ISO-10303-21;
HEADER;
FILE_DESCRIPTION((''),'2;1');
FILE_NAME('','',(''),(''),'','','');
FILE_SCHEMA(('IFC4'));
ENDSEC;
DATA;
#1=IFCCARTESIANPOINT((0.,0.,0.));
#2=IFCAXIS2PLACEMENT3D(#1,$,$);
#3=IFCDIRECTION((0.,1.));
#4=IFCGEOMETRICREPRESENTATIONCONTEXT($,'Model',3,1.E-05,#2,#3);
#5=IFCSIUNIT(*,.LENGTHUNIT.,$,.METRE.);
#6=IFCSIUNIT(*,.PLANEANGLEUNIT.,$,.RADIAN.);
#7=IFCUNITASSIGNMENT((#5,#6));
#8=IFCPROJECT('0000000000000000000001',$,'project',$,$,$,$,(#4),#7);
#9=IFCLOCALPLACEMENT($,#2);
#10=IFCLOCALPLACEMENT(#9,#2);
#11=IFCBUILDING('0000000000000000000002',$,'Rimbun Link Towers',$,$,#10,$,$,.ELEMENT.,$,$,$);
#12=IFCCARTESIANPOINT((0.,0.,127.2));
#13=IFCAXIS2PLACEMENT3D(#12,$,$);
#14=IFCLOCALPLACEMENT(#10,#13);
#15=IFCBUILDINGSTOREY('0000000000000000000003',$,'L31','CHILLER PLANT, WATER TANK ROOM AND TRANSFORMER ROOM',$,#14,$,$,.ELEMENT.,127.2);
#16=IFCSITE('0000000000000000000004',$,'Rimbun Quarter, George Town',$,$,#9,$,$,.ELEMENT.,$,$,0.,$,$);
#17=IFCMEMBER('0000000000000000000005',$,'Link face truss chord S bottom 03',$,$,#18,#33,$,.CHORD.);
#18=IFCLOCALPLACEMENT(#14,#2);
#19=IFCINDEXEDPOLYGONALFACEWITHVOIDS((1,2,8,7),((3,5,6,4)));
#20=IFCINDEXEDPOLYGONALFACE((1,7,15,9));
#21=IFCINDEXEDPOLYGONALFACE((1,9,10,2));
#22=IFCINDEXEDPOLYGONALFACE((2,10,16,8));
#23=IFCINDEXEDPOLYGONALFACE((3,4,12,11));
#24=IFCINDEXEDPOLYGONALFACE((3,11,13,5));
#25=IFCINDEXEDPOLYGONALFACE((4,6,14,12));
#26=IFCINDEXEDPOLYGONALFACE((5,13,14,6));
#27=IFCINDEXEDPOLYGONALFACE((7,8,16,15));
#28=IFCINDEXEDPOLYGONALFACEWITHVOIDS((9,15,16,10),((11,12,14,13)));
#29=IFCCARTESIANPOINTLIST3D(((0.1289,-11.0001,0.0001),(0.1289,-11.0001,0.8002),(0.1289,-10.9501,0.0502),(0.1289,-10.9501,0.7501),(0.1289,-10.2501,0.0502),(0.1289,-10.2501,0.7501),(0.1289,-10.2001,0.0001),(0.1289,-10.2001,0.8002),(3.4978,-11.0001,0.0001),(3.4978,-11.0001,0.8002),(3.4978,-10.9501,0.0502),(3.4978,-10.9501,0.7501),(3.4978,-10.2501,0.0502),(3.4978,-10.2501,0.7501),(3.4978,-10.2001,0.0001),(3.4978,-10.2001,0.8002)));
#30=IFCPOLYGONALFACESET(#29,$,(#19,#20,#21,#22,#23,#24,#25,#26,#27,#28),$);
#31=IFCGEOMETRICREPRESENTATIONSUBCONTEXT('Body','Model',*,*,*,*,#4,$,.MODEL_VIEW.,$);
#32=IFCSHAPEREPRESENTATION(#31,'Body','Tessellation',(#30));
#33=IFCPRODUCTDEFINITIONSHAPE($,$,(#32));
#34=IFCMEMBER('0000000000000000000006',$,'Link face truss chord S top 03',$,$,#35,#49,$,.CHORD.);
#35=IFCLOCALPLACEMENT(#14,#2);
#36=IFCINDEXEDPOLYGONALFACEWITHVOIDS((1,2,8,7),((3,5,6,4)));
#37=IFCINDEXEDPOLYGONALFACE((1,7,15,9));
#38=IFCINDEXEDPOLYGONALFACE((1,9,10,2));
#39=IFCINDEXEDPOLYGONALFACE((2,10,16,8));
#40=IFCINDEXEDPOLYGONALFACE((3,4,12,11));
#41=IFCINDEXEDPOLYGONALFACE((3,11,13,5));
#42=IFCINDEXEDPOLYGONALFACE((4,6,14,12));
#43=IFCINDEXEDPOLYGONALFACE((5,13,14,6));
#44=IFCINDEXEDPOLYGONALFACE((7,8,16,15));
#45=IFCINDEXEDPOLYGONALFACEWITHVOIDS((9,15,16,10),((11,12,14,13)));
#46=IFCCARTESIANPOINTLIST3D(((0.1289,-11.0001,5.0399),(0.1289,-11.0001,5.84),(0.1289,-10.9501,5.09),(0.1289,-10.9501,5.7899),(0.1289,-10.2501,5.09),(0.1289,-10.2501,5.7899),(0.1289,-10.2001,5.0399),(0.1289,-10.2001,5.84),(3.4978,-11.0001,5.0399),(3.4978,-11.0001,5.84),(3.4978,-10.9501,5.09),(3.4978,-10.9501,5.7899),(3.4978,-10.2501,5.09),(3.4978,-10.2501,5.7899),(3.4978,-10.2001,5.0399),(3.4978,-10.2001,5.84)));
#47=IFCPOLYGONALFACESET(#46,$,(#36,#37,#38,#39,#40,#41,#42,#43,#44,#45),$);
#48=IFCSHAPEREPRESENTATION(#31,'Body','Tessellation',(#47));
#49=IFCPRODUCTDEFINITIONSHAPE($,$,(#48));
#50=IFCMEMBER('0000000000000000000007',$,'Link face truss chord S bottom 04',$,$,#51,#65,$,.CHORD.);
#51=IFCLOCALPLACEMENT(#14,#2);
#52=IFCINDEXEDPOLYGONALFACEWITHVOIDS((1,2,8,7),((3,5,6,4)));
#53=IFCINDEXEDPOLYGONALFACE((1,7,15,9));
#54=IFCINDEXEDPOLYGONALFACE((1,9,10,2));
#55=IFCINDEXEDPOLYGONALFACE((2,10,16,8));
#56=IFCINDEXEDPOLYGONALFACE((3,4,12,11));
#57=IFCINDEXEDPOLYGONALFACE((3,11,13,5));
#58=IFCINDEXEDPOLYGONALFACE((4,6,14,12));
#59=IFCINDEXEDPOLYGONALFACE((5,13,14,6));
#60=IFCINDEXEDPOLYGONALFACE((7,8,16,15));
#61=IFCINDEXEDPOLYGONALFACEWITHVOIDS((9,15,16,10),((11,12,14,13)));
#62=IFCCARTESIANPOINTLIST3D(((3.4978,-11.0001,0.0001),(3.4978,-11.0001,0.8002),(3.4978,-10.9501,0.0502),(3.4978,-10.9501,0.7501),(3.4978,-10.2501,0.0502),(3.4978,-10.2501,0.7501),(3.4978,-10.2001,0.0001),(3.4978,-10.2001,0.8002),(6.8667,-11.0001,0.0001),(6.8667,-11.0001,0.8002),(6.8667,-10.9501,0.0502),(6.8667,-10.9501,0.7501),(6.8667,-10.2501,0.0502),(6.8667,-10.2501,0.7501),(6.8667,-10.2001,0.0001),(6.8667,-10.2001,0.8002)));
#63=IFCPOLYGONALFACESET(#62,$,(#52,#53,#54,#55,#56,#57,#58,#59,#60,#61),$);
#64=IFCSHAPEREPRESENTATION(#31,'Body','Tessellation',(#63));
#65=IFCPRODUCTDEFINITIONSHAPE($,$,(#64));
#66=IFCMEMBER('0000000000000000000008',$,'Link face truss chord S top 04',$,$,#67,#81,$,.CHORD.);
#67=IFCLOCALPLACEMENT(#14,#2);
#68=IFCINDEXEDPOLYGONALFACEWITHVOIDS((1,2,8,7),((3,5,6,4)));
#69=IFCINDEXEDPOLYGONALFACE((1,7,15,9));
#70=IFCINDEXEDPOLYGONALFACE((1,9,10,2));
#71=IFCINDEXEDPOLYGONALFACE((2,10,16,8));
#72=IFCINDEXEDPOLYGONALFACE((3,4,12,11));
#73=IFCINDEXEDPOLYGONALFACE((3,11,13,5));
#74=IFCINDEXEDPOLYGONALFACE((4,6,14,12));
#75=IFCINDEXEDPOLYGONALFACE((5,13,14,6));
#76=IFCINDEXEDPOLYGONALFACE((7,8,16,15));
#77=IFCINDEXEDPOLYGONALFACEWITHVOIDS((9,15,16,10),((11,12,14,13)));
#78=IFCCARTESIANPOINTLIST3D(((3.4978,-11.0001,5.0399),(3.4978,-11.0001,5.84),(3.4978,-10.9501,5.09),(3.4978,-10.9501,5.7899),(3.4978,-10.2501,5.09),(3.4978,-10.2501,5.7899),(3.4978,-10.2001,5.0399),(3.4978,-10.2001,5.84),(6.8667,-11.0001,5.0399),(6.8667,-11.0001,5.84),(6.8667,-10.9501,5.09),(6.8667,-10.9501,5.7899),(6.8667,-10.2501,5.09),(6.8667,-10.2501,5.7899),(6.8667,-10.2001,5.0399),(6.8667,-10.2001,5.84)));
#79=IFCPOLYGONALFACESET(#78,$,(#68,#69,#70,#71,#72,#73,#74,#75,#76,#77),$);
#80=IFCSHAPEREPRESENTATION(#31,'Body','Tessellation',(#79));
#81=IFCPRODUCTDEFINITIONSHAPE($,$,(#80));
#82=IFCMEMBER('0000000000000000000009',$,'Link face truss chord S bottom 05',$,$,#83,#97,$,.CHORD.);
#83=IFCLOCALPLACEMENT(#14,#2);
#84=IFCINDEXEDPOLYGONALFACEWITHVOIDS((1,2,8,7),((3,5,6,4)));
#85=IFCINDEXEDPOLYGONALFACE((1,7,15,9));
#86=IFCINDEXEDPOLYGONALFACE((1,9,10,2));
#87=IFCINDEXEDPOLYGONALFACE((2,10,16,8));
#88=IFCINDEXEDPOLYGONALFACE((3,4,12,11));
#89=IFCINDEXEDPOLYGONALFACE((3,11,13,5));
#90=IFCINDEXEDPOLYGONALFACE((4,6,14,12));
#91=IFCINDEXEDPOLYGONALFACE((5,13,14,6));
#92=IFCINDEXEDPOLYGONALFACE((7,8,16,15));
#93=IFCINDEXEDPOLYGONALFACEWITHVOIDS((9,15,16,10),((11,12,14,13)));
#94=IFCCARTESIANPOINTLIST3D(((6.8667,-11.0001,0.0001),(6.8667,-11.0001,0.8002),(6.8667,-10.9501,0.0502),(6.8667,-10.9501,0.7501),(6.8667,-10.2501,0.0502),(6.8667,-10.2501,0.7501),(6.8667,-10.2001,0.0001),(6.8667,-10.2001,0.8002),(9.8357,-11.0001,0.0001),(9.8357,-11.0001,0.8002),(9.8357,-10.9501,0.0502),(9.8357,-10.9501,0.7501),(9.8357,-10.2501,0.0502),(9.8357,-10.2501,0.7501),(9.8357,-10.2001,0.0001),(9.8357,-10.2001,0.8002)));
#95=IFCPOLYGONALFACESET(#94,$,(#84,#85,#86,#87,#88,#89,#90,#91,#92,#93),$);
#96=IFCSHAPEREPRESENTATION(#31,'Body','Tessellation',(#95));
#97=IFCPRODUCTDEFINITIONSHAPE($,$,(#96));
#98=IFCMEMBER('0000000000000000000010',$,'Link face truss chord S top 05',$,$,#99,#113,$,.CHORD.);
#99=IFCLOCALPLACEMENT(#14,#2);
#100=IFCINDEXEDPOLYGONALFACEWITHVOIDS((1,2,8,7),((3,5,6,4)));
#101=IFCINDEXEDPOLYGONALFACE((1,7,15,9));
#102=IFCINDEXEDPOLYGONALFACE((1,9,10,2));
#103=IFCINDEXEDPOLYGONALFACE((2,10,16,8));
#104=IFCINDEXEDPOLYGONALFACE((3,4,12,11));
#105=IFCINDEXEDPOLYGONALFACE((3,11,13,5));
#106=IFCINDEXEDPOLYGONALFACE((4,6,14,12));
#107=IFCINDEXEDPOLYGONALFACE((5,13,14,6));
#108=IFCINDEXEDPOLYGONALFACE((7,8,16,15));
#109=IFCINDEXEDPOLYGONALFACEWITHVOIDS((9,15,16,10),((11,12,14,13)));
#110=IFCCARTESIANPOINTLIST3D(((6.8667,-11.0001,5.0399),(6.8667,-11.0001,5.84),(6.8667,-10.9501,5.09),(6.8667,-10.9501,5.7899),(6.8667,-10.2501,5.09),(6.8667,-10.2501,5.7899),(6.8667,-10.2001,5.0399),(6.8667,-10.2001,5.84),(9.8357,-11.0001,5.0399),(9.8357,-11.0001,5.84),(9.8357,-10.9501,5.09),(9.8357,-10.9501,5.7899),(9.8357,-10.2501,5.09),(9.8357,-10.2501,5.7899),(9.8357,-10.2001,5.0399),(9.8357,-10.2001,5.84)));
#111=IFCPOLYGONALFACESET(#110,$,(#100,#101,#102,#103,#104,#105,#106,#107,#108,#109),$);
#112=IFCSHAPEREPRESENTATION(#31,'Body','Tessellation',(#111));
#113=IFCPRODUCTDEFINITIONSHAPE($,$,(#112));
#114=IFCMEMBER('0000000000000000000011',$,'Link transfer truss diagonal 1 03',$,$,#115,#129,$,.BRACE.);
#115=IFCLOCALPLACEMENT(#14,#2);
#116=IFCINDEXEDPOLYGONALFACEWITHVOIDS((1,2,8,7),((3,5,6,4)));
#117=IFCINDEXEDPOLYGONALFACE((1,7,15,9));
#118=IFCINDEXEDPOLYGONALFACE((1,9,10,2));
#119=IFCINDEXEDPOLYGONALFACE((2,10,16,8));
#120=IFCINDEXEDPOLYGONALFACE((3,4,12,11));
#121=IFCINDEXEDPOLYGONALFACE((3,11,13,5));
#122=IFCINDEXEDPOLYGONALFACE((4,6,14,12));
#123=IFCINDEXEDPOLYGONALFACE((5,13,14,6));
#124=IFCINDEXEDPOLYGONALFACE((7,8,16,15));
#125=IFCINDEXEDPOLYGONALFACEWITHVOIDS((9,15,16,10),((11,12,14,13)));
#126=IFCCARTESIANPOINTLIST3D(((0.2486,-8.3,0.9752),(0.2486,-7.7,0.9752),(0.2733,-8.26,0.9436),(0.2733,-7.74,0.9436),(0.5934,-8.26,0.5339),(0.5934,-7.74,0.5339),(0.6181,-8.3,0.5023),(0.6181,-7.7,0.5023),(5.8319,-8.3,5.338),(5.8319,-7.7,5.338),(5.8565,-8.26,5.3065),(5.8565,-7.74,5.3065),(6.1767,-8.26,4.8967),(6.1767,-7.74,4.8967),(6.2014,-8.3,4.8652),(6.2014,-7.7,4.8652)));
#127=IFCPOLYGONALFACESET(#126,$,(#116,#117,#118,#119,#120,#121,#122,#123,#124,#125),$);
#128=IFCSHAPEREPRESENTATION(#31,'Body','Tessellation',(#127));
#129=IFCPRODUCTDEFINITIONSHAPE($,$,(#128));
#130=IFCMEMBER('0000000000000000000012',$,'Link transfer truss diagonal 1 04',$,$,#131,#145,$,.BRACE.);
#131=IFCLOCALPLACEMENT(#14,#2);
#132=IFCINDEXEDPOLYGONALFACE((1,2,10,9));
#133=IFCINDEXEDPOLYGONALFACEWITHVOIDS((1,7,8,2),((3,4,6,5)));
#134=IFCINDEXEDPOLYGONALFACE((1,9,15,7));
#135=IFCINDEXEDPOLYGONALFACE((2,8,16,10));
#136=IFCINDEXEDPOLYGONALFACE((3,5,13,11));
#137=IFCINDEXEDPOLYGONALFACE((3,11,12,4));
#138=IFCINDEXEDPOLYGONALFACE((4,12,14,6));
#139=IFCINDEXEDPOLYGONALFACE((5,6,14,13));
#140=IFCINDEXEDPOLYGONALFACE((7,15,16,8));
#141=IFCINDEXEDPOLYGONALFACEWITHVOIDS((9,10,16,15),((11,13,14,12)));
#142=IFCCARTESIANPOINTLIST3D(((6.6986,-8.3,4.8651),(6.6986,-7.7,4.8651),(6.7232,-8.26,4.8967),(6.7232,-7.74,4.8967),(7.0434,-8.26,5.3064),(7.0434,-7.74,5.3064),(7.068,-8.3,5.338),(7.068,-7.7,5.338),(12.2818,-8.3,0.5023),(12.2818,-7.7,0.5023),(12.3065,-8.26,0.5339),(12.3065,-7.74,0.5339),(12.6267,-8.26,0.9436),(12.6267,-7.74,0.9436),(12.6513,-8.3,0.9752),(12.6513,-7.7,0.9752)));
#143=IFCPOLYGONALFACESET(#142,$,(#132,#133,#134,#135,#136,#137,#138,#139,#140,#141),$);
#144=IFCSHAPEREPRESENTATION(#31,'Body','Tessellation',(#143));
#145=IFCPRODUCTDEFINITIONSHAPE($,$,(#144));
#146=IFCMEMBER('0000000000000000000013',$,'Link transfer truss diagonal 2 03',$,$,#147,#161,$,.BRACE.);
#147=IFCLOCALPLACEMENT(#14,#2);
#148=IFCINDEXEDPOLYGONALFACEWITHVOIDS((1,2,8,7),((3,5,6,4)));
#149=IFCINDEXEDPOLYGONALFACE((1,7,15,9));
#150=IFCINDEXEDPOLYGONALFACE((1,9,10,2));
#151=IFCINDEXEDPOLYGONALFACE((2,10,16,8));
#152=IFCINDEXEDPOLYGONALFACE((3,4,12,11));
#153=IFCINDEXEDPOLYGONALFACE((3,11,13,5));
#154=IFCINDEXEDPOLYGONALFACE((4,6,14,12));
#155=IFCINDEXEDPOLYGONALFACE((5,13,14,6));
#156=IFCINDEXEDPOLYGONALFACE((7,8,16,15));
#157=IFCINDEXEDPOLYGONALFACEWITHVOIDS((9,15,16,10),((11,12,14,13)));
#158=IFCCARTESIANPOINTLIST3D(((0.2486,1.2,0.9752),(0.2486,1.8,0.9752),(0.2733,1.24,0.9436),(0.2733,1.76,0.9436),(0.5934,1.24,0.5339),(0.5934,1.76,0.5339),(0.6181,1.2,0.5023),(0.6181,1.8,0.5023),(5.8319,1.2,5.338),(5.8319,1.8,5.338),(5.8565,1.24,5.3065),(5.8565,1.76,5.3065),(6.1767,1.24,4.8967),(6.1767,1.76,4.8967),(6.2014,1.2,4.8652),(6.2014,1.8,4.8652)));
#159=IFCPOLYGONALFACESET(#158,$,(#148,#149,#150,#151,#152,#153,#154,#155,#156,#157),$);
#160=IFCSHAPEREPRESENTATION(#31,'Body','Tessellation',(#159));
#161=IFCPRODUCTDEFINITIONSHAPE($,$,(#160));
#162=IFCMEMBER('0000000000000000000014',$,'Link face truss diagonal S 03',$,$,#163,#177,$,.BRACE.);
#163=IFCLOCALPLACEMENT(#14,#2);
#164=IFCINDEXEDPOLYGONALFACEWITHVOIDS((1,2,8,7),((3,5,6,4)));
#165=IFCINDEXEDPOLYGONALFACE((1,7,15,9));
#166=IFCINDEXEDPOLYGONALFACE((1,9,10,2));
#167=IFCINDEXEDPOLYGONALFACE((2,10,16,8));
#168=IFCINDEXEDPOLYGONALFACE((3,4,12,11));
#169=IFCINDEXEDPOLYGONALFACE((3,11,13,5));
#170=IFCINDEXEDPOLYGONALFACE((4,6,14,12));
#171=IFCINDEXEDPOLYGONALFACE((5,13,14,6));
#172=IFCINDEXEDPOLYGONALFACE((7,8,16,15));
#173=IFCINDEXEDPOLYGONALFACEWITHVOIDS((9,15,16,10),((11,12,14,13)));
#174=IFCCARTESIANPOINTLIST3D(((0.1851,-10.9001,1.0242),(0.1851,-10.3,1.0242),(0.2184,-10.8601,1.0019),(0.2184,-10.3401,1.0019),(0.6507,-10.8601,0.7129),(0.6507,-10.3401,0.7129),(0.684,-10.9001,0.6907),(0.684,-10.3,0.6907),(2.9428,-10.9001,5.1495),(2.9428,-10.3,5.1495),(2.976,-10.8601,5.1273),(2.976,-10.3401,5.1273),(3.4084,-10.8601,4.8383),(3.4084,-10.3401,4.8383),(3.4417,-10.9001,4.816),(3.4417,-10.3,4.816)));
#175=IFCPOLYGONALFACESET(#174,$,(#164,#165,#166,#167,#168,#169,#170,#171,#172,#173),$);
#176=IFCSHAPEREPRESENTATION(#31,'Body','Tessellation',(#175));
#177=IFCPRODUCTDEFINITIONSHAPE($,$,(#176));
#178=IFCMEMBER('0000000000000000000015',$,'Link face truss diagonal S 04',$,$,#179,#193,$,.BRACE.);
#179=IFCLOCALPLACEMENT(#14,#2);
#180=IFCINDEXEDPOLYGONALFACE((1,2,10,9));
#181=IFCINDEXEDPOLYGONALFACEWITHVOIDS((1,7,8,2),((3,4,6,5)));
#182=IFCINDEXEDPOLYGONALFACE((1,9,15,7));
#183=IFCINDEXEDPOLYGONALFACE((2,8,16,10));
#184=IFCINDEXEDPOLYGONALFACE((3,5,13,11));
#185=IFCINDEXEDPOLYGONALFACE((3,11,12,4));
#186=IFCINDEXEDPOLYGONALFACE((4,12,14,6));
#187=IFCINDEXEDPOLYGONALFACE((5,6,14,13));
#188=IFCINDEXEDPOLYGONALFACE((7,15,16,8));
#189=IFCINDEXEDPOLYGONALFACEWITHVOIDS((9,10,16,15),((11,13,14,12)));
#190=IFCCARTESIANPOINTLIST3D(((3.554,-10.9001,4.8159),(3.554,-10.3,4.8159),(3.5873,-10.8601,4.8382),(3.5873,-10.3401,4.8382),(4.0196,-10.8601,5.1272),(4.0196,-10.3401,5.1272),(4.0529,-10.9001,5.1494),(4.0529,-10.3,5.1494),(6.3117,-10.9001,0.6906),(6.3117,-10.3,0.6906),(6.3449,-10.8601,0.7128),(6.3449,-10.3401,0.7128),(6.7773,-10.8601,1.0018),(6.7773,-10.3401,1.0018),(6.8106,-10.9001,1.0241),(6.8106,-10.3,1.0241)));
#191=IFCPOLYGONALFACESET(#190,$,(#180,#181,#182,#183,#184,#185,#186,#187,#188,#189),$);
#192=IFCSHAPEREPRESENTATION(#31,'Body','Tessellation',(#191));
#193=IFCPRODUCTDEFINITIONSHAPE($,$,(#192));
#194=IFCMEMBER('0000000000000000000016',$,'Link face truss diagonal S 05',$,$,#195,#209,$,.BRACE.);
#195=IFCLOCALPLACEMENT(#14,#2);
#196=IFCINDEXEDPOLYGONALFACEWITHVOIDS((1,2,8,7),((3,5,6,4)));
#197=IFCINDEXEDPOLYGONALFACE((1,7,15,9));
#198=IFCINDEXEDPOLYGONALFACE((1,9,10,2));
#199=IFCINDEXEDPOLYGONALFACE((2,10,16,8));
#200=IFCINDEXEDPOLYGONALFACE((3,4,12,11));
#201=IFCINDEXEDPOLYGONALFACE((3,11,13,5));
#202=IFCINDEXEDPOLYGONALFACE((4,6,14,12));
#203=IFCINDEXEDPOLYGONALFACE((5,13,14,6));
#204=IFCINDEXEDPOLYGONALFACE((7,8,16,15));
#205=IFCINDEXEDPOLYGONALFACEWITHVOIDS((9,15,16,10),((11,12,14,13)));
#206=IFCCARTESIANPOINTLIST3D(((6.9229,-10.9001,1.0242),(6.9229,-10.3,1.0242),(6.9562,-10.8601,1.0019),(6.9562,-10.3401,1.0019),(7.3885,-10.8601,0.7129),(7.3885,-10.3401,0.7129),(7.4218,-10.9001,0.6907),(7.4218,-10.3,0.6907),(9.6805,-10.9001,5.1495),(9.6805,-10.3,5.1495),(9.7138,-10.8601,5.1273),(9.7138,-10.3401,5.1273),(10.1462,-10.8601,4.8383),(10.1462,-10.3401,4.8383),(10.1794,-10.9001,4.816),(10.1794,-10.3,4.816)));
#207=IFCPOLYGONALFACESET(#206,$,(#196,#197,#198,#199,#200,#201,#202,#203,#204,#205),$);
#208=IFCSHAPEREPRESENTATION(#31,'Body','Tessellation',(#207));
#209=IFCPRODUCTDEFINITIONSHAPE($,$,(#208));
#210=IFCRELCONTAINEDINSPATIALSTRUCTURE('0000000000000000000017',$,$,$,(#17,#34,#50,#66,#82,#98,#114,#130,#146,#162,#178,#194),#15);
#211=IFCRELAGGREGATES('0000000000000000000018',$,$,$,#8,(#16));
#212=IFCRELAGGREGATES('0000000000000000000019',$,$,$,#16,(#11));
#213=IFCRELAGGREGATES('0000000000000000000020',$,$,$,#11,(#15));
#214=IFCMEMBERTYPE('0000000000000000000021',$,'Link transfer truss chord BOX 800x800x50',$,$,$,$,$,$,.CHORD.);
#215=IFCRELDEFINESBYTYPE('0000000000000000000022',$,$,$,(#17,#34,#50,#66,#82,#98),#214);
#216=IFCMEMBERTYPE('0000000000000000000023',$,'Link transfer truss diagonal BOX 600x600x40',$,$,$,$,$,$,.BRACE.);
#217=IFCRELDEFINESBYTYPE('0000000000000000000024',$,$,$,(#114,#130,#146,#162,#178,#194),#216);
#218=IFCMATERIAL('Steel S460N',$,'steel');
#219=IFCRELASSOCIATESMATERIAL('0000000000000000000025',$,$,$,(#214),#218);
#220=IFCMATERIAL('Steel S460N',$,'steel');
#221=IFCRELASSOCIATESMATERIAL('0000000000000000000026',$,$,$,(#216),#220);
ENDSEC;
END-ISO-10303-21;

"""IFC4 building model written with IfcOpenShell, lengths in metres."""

from ifc_helpers import new_model, si_unit, direction, frame, origin, origin_2d, place, context, subcontext, project, spatial, hollow_rectangle, extrude, material, material_profile, profile_set, type_object, element, save


model = new_model("IFC4")

# Units and contexts
model_context = context("Model", 3, precision=1e-05, world=origin(), true_north=direction((0.0, 1.0)))
body_context = subcontext(model_context, "Body", "Model", "MODEL_VIEW")
ifc_project = project(units=[si_unit("LENGTHUNIT", "METRE"), si_unit("PLANEANGLEUNIT", "RADIAN")], contexts=[model_context])

# Site, building, storey
site_placement = place(None, origin())
site = spatial("IfcSite", under=ifc_project, at=site_placement, Name="Rimbun Quarter, George Town", CompositionType="ELEMENT", RefElevation=0.0)
building_placement = place(site_placement, origin())
building = spatial("IfcBuilding", under=site, at=building_placement, Name="Rimbun Link Towers", CompositionType="ELEMENT")
storey_placement = place(building_placement, frame((0.0, 0.0, 127.2)))
storey = spatial("IfcBuildingStorey", under=building, at=storey_placement, Name="L31", Description="CHILLER PLANT, WATER TANK ROOM AND TRANSFORMER ROOM", CompositionType="ELEMENT", Elevation=127.2)

# Members
ifc_material_1 = material(Name="Steel S460N", Category="steel")
ifc_material_profile_1 = material_profile(ifc_material_1, hollow_rectangle(XDim=0.8, YDim=0.8, WallThickness=0.05, at=origin_2d()), Name="Link transfer truss chord BOX 800x800x50")
ifc_profile_set_1 = profile_set([ifc_material_profile_1], Name="Steel S460N")
member_type_1 = type_object("IfcMemberType", Name="Link transfer truss chord BOX 800x800x50", PredefinedType="CHORD", material=ifc_profile_set_1)
for number, where, z_axis, x_axis, name in (
    (1, (0.1289, -10.6001, 0.4001), (1.0, 0.0, 0.0), (0.0, 1.0, 0.0), "Link face truss chord S bottom 03"),
    (2, (0.1289, -10.6001, 5.4399), (1.0, 0.0, 0.0), (0.0, 1.0, 0.0), "Link face truss chord S top 03"),
    (3, (3.4978, -10.6001, 0.4001), (1.0, 0.0, 0.0), (0.0, 1.0, 0.0), "Link face truss chord S bottom 04"),
    (4, (3.4978, -10.6001, 5.4399), (1.0, 0.0, 0.0), (0.0, 1.0, 0.0), "Link face truss chord S top 04"),
):
    element("IfcMember", number, at=place(storey_placement, frame(where, z_axis=z_axis, x_axis=x_axis)), inside=storey, type_object=member_type_1, Name=name, PredefinedType="CHORD", context=body_context, shape_type="SweptSolid", body=[
        extrude(hollow_rectangle(XDim=0.8, YDim=0.8, WallThickness=0.05, at=origin_2d()), origin(), (0.0, 0.0, 1.0), 3.3689),
    ])
for number, where, z_axis, x_axis, name in (
    (5, (6.8667, -10.6001, 0.4001), (1.0, 0.0, 0.0), (0.0, 1.0, 0.0), "Link face truss chord S bottom 05"),
    (6, (6.8667, -10.6001, 5.4399), (1.0, 0.0, 0.0), (0.0, 1.0, 0.0), "Link face truss chord S top 05"),
):
    element("IfcMember", number, at=place(storey_placement, frame(where, z_axis=z_axis, x_axis=x_axis)), inside=storey, type_object=member_type_1, Name=name, PredefinedType="CHORD", context=body_context, shape_type="SweptSolid", body=[
        extrude(hollow_rectangle(XDim=0.8, YDim=0.8, WallThickness=0.05, at=origin_2d()), origin(), (0.0, 0.0, 1.0), 2.969),
    ])
ifc_material_2 = material(Name="Steel S460N", Category="steel")
ifc_material_profile_2 = material_profile(ifc_material_2, hollow_rectangle(XDim=0.6001, YDim=0.6001, WallThickness=0.04, at=origin_2d()), Name="Link transfer truss diagonal BOX 600x600x40")
ifc_profile_set_2 = profile_set([ifc_material_profile_2], Name="Steel S460N")
member_type_2 = type_object("IfcMemberType", Name="Link transfer truss diagonal BOX 600x600x40", PredefinedType="BRACE", material=ifc_profile_set_2)
for number, where, z_axis, x_axis, name in (
    (7, (0.4333, -8.0, 0.7388), (0.787964, 0.0, 0.615721), (0.0, 1.0, 0.0), "Link transfer truss diagonal 1 03"),
    (8, (6.8833, -8.0, 5.1016), (0.787964, 0.0, -0.615721), (0.0, 1.0, 0.0), "Link transfer truss diagonal 1 04"),
    (9, (0.4333, 1.5, 0.7388), (0.787964, 0.0, 0.615721), (0.0, 1.0, 0.0), "Link transfer truss diagonal 2 03"),
):
    element("IfcMember", number, at=place(storey_placement, frame(where, z_axis=z_axis, x_axis=x_axis)), inside=storey, type_object=member_type_2, Name=name, PredefinedType="BRACE", context=body_context, shape_type="SweptSolid", body=[
        extrude(hollow_rectangle(XDim=0.6001, YDim=0.6001, WallThickness=0.04, at=origin_2d()), origin(), (0.0, 0.0, 1.0), 7.0857),
    ])
for number, where, z_axis, x_axis, name in (
    (10, (0.4346, -10.6001, 0.8574), (0.555733, 0.0, 0.831361), (0.0, 1.0, 0.0), "Link face truss diagonal S 03"),
    (11, (3.8035, -10.6001, 4.9827), (0.555733, 0.0, -0.831361), (0.0, 1.0, 0.0), "Link face truss diagonal S 04"),
    (12, (7.1724, -10.6001, 0.8574), (0.555733, 0.0, 0.831361), (0.0, 1.0, 0.0), "Link face truss diagonal S 05"),
):
    element("IfcMember", number, at=place(storey_placement, frame(where, z_axis=z_axis, x_axis=x_axis)), inside=storey, type_object=member_type_2, Name=name, PredefinedType="BRACE", context=body_context, shape_type="SweptSolid", body=[
        extrude(hollow_rectangle(XDim=0.6001, YDim=0.6001, WallThickness=0.04, at=origin_2d()), origin(), (0.0, 0.0, 1.0), 4.9622),
    ])

save(model, "model.ifc")
